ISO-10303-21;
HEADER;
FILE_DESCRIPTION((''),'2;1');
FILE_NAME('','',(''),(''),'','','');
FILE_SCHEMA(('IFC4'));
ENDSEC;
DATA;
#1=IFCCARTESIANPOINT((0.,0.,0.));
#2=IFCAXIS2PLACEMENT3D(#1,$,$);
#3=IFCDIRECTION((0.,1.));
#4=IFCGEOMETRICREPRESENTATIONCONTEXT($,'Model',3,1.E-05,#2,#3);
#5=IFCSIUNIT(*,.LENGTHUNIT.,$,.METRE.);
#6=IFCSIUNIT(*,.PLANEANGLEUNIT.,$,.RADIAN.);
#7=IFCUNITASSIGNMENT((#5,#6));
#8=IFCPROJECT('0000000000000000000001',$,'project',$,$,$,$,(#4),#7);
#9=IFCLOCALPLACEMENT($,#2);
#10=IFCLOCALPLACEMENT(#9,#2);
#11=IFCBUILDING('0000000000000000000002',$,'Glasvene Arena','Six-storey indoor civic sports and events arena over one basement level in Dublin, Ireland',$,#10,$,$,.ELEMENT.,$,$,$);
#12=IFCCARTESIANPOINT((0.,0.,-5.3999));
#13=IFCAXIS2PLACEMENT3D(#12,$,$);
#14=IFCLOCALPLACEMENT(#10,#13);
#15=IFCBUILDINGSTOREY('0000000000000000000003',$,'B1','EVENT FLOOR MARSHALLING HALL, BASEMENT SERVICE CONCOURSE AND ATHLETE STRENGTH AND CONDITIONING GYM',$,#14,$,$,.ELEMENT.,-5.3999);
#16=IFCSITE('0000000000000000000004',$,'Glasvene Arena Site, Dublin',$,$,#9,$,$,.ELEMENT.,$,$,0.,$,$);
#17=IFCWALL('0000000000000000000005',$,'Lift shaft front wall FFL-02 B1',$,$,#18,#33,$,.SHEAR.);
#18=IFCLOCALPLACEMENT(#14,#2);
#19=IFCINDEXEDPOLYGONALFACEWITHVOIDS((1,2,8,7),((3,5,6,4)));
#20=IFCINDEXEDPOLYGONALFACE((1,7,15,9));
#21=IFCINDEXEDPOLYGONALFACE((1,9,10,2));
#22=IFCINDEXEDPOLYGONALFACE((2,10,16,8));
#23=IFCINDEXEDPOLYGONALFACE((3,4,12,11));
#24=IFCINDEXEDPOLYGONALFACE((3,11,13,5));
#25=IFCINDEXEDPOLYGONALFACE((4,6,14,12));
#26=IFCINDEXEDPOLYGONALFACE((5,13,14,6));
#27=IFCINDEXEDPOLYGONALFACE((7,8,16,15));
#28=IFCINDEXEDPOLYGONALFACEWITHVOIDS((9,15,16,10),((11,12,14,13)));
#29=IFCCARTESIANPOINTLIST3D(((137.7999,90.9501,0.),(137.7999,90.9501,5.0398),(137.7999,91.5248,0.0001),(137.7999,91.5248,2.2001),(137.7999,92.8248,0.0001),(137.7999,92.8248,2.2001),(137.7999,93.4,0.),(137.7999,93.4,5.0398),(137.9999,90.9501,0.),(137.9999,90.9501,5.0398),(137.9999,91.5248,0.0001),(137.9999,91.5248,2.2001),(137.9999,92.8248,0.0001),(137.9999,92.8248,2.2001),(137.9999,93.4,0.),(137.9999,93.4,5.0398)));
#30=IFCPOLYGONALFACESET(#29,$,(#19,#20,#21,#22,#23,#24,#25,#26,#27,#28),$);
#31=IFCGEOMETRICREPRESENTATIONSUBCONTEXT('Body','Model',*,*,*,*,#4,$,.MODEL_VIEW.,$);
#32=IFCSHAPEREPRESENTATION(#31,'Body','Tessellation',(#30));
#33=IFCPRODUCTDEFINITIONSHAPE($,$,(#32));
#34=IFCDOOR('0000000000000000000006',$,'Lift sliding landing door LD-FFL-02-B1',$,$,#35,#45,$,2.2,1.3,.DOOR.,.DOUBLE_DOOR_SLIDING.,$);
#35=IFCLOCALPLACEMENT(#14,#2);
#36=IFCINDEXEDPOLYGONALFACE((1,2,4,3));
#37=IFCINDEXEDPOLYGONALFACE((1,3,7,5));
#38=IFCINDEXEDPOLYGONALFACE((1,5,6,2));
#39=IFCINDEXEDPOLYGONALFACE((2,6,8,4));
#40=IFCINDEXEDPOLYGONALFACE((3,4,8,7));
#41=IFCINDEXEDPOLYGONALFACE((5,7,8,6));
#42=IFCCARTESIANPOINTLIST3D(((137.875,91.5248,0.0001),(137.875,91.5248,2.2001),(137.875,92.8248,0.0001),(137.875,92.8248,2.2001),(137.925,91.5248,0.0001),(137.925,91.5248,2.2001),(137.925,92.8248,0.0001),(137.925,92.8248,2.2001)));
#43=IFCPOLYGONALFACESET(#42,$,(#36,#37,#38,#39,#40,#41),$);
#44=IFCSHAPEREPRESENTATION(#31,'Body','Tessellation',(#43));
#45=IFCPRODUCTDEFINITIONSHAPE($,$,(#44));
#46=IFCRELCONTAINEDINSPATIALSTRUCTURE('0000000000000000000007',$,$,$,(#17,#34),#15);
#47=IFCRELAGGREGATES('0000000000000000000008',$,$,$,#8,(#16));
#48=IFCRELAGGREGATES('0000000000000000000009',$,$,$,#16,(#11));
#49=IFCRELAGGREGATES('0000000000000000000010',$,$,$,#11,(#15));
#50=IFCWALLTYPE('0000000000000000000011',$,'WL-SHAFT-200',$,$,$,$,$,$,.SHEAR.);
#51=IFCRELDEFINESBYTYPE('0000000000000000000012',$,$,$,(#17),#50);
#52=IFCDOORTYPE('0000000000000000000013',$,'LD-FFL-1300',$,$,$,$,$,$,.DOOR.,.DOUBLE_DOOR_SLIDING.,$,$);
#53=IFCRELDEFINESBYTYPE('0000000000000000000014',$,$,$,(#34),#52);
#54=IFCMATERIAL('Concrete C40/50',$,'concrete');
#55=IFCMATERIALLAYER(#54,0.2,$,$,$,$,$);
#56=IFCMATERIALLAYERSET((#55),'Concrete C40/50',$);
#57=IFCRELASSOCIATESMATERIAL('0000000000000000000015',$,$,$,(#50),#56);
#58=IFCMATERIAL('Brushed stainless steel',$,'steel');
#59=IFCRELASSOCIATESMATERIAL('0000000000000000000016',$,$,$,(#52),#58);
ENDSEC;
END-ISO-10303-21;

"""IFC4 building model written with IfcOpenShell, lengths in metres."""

from ifc_helpers import new_model, si_unit, direction, frame, frame_2d, origin, place, context, subcontext, project, spatial, rectangle, extrude, material, layer, layer_set, type_object, element, fill, save


model = new_model("IFC4")

# Units and contexts
model_context = context("Model", 3, precision=1e-05, world=origin(), true_north=direction((0.0, 1.0)))
body_context = subcontext(model_context, "Body", "Model", "MODEL_VIEW")
ifc_project = project(units=[si_unit("LENGTHUNIT", "METRE"), si_unit("PLANEANGLEUNIT", "RADIAN")], contexts=[model_context])

# Site, building, storey
site_placement = place(None, origin())
site = spatial("IfcSite", under=ifc_project, at=site_placement, Name="Glasvene Arena Site, Dublin", CompositionType="ELEMENT", RefElevation=0.0)
building_placement = place(site_placement, origin())
building = spatial("IfcBuilding", under=site, at=building_placement, Name="Glasvene Arena", Description="Six-storey indoor civic sports and events arena over one basement level in Dublin, Ireland", CompositionType="ELEMENT")
storey_placement = place(building_placement, frame((0.0, 0.0, -5.3999)))
storey = spatial("IfcBuildingStorey", under=building, at=storey_placement, Name="B1", Description="EVENT FLOOR MARSHALLING HALL, BASEMENT SERVICE CONCOURSE AND ATHLETE STRENGTH AND CONDITIONING GYM", CompositionType="ELEMENT", Elevation=-5.3999)

# Shared definitions
ifc_material_1 = material(Name="Concrete C40/50", Category="concrete")

# Wall, opening, door
ifc_layer_1 = layer(ifc_material_1, 0.2)
ifc_layer_set_1 = layer_set([ifc_layer_1], Name="Concrete C40/50")
wall_type_1 = type_object("IfcWallType", Name="WL-SHAFT-200", PredefinedType="SHEAR", material=ifc_layer_set_1)
wall_1_placement = place(storey_placement, frame((137.8999, 90.95, 0.0), z_axis=(0.0, 0.0, 1.0), x_axis=(0.0, 1.0, 0.0)))
wall_1 = element("IfcWall", 1, at=wall_1_placement, inside=storey, type_object=wall_type_1, Name="Lift shaft front wall FFL-02 B1", PredefinedType="SHEAR", context=body_context, shape_type="SweptSolid", body=[
    extrude(rectangle(XDim=2.45, YDim=0.2, at=frame_2d((1.2251, 0.0))), origin(), (0.0, 0.0, 1.0), 5.0398),
])
opening_placement = place(wall_1_placement, frame((0.575, 0.0, 0.0)))
opening = element("IfcOpeningElement", 2, at=opening_placement, cuts=wall_1, PredefinedType="OPENING", context=body_context, shape_type="SweptSolid", body=[
    extrude(rectangle(XDim=1.3, YDim=2.2, at=frame_2d((0.6499, 1.1001))), frame((0.0, 0.1099, 0.0), z_axis=(0.0, -1.0, 0.0), x_axis=(1.0, 0.0, 0.0)), (0.0, 0.0, 1.0), 0.22),
])
ifc_material_2 = material(Name="Brushed stainless steel", Category="steel")
door_type = type_object("IfcDoorType", Name="LD-FFL-1300", OperationType="DOUBLE_DOOR_SLIDING", PredefinedType="DOOR", material=ifc_material_2)
door_placement = place(opening_placement, origin())
door = element("IfcDoor", 3, at=door_placement, inside=storey, type_object=door_type, Name="Lift sliding landing door LD-FFL-02-B1", OperationType="DOUBLE_DOOR_SLIDING", OverallHeight=2.2, OverallWidth=1.3, PredefinedType="DOOR", context=body_context, shape_type="SweptSolid", body=[
    extrude(rectangle(XDim=1.3, YDim=2.2, at=frame_2d((0.6499, 1.1001))), frame((0.0, 0.0249, 0.0), z_axis=(0.0, -1.0, 0.0), x_axis=(1.0, 0.0, 0.0)), (0.0, 0.0, 1.0), 0.05),
])
fill(opening, door)

save(model, "model.ifc")
